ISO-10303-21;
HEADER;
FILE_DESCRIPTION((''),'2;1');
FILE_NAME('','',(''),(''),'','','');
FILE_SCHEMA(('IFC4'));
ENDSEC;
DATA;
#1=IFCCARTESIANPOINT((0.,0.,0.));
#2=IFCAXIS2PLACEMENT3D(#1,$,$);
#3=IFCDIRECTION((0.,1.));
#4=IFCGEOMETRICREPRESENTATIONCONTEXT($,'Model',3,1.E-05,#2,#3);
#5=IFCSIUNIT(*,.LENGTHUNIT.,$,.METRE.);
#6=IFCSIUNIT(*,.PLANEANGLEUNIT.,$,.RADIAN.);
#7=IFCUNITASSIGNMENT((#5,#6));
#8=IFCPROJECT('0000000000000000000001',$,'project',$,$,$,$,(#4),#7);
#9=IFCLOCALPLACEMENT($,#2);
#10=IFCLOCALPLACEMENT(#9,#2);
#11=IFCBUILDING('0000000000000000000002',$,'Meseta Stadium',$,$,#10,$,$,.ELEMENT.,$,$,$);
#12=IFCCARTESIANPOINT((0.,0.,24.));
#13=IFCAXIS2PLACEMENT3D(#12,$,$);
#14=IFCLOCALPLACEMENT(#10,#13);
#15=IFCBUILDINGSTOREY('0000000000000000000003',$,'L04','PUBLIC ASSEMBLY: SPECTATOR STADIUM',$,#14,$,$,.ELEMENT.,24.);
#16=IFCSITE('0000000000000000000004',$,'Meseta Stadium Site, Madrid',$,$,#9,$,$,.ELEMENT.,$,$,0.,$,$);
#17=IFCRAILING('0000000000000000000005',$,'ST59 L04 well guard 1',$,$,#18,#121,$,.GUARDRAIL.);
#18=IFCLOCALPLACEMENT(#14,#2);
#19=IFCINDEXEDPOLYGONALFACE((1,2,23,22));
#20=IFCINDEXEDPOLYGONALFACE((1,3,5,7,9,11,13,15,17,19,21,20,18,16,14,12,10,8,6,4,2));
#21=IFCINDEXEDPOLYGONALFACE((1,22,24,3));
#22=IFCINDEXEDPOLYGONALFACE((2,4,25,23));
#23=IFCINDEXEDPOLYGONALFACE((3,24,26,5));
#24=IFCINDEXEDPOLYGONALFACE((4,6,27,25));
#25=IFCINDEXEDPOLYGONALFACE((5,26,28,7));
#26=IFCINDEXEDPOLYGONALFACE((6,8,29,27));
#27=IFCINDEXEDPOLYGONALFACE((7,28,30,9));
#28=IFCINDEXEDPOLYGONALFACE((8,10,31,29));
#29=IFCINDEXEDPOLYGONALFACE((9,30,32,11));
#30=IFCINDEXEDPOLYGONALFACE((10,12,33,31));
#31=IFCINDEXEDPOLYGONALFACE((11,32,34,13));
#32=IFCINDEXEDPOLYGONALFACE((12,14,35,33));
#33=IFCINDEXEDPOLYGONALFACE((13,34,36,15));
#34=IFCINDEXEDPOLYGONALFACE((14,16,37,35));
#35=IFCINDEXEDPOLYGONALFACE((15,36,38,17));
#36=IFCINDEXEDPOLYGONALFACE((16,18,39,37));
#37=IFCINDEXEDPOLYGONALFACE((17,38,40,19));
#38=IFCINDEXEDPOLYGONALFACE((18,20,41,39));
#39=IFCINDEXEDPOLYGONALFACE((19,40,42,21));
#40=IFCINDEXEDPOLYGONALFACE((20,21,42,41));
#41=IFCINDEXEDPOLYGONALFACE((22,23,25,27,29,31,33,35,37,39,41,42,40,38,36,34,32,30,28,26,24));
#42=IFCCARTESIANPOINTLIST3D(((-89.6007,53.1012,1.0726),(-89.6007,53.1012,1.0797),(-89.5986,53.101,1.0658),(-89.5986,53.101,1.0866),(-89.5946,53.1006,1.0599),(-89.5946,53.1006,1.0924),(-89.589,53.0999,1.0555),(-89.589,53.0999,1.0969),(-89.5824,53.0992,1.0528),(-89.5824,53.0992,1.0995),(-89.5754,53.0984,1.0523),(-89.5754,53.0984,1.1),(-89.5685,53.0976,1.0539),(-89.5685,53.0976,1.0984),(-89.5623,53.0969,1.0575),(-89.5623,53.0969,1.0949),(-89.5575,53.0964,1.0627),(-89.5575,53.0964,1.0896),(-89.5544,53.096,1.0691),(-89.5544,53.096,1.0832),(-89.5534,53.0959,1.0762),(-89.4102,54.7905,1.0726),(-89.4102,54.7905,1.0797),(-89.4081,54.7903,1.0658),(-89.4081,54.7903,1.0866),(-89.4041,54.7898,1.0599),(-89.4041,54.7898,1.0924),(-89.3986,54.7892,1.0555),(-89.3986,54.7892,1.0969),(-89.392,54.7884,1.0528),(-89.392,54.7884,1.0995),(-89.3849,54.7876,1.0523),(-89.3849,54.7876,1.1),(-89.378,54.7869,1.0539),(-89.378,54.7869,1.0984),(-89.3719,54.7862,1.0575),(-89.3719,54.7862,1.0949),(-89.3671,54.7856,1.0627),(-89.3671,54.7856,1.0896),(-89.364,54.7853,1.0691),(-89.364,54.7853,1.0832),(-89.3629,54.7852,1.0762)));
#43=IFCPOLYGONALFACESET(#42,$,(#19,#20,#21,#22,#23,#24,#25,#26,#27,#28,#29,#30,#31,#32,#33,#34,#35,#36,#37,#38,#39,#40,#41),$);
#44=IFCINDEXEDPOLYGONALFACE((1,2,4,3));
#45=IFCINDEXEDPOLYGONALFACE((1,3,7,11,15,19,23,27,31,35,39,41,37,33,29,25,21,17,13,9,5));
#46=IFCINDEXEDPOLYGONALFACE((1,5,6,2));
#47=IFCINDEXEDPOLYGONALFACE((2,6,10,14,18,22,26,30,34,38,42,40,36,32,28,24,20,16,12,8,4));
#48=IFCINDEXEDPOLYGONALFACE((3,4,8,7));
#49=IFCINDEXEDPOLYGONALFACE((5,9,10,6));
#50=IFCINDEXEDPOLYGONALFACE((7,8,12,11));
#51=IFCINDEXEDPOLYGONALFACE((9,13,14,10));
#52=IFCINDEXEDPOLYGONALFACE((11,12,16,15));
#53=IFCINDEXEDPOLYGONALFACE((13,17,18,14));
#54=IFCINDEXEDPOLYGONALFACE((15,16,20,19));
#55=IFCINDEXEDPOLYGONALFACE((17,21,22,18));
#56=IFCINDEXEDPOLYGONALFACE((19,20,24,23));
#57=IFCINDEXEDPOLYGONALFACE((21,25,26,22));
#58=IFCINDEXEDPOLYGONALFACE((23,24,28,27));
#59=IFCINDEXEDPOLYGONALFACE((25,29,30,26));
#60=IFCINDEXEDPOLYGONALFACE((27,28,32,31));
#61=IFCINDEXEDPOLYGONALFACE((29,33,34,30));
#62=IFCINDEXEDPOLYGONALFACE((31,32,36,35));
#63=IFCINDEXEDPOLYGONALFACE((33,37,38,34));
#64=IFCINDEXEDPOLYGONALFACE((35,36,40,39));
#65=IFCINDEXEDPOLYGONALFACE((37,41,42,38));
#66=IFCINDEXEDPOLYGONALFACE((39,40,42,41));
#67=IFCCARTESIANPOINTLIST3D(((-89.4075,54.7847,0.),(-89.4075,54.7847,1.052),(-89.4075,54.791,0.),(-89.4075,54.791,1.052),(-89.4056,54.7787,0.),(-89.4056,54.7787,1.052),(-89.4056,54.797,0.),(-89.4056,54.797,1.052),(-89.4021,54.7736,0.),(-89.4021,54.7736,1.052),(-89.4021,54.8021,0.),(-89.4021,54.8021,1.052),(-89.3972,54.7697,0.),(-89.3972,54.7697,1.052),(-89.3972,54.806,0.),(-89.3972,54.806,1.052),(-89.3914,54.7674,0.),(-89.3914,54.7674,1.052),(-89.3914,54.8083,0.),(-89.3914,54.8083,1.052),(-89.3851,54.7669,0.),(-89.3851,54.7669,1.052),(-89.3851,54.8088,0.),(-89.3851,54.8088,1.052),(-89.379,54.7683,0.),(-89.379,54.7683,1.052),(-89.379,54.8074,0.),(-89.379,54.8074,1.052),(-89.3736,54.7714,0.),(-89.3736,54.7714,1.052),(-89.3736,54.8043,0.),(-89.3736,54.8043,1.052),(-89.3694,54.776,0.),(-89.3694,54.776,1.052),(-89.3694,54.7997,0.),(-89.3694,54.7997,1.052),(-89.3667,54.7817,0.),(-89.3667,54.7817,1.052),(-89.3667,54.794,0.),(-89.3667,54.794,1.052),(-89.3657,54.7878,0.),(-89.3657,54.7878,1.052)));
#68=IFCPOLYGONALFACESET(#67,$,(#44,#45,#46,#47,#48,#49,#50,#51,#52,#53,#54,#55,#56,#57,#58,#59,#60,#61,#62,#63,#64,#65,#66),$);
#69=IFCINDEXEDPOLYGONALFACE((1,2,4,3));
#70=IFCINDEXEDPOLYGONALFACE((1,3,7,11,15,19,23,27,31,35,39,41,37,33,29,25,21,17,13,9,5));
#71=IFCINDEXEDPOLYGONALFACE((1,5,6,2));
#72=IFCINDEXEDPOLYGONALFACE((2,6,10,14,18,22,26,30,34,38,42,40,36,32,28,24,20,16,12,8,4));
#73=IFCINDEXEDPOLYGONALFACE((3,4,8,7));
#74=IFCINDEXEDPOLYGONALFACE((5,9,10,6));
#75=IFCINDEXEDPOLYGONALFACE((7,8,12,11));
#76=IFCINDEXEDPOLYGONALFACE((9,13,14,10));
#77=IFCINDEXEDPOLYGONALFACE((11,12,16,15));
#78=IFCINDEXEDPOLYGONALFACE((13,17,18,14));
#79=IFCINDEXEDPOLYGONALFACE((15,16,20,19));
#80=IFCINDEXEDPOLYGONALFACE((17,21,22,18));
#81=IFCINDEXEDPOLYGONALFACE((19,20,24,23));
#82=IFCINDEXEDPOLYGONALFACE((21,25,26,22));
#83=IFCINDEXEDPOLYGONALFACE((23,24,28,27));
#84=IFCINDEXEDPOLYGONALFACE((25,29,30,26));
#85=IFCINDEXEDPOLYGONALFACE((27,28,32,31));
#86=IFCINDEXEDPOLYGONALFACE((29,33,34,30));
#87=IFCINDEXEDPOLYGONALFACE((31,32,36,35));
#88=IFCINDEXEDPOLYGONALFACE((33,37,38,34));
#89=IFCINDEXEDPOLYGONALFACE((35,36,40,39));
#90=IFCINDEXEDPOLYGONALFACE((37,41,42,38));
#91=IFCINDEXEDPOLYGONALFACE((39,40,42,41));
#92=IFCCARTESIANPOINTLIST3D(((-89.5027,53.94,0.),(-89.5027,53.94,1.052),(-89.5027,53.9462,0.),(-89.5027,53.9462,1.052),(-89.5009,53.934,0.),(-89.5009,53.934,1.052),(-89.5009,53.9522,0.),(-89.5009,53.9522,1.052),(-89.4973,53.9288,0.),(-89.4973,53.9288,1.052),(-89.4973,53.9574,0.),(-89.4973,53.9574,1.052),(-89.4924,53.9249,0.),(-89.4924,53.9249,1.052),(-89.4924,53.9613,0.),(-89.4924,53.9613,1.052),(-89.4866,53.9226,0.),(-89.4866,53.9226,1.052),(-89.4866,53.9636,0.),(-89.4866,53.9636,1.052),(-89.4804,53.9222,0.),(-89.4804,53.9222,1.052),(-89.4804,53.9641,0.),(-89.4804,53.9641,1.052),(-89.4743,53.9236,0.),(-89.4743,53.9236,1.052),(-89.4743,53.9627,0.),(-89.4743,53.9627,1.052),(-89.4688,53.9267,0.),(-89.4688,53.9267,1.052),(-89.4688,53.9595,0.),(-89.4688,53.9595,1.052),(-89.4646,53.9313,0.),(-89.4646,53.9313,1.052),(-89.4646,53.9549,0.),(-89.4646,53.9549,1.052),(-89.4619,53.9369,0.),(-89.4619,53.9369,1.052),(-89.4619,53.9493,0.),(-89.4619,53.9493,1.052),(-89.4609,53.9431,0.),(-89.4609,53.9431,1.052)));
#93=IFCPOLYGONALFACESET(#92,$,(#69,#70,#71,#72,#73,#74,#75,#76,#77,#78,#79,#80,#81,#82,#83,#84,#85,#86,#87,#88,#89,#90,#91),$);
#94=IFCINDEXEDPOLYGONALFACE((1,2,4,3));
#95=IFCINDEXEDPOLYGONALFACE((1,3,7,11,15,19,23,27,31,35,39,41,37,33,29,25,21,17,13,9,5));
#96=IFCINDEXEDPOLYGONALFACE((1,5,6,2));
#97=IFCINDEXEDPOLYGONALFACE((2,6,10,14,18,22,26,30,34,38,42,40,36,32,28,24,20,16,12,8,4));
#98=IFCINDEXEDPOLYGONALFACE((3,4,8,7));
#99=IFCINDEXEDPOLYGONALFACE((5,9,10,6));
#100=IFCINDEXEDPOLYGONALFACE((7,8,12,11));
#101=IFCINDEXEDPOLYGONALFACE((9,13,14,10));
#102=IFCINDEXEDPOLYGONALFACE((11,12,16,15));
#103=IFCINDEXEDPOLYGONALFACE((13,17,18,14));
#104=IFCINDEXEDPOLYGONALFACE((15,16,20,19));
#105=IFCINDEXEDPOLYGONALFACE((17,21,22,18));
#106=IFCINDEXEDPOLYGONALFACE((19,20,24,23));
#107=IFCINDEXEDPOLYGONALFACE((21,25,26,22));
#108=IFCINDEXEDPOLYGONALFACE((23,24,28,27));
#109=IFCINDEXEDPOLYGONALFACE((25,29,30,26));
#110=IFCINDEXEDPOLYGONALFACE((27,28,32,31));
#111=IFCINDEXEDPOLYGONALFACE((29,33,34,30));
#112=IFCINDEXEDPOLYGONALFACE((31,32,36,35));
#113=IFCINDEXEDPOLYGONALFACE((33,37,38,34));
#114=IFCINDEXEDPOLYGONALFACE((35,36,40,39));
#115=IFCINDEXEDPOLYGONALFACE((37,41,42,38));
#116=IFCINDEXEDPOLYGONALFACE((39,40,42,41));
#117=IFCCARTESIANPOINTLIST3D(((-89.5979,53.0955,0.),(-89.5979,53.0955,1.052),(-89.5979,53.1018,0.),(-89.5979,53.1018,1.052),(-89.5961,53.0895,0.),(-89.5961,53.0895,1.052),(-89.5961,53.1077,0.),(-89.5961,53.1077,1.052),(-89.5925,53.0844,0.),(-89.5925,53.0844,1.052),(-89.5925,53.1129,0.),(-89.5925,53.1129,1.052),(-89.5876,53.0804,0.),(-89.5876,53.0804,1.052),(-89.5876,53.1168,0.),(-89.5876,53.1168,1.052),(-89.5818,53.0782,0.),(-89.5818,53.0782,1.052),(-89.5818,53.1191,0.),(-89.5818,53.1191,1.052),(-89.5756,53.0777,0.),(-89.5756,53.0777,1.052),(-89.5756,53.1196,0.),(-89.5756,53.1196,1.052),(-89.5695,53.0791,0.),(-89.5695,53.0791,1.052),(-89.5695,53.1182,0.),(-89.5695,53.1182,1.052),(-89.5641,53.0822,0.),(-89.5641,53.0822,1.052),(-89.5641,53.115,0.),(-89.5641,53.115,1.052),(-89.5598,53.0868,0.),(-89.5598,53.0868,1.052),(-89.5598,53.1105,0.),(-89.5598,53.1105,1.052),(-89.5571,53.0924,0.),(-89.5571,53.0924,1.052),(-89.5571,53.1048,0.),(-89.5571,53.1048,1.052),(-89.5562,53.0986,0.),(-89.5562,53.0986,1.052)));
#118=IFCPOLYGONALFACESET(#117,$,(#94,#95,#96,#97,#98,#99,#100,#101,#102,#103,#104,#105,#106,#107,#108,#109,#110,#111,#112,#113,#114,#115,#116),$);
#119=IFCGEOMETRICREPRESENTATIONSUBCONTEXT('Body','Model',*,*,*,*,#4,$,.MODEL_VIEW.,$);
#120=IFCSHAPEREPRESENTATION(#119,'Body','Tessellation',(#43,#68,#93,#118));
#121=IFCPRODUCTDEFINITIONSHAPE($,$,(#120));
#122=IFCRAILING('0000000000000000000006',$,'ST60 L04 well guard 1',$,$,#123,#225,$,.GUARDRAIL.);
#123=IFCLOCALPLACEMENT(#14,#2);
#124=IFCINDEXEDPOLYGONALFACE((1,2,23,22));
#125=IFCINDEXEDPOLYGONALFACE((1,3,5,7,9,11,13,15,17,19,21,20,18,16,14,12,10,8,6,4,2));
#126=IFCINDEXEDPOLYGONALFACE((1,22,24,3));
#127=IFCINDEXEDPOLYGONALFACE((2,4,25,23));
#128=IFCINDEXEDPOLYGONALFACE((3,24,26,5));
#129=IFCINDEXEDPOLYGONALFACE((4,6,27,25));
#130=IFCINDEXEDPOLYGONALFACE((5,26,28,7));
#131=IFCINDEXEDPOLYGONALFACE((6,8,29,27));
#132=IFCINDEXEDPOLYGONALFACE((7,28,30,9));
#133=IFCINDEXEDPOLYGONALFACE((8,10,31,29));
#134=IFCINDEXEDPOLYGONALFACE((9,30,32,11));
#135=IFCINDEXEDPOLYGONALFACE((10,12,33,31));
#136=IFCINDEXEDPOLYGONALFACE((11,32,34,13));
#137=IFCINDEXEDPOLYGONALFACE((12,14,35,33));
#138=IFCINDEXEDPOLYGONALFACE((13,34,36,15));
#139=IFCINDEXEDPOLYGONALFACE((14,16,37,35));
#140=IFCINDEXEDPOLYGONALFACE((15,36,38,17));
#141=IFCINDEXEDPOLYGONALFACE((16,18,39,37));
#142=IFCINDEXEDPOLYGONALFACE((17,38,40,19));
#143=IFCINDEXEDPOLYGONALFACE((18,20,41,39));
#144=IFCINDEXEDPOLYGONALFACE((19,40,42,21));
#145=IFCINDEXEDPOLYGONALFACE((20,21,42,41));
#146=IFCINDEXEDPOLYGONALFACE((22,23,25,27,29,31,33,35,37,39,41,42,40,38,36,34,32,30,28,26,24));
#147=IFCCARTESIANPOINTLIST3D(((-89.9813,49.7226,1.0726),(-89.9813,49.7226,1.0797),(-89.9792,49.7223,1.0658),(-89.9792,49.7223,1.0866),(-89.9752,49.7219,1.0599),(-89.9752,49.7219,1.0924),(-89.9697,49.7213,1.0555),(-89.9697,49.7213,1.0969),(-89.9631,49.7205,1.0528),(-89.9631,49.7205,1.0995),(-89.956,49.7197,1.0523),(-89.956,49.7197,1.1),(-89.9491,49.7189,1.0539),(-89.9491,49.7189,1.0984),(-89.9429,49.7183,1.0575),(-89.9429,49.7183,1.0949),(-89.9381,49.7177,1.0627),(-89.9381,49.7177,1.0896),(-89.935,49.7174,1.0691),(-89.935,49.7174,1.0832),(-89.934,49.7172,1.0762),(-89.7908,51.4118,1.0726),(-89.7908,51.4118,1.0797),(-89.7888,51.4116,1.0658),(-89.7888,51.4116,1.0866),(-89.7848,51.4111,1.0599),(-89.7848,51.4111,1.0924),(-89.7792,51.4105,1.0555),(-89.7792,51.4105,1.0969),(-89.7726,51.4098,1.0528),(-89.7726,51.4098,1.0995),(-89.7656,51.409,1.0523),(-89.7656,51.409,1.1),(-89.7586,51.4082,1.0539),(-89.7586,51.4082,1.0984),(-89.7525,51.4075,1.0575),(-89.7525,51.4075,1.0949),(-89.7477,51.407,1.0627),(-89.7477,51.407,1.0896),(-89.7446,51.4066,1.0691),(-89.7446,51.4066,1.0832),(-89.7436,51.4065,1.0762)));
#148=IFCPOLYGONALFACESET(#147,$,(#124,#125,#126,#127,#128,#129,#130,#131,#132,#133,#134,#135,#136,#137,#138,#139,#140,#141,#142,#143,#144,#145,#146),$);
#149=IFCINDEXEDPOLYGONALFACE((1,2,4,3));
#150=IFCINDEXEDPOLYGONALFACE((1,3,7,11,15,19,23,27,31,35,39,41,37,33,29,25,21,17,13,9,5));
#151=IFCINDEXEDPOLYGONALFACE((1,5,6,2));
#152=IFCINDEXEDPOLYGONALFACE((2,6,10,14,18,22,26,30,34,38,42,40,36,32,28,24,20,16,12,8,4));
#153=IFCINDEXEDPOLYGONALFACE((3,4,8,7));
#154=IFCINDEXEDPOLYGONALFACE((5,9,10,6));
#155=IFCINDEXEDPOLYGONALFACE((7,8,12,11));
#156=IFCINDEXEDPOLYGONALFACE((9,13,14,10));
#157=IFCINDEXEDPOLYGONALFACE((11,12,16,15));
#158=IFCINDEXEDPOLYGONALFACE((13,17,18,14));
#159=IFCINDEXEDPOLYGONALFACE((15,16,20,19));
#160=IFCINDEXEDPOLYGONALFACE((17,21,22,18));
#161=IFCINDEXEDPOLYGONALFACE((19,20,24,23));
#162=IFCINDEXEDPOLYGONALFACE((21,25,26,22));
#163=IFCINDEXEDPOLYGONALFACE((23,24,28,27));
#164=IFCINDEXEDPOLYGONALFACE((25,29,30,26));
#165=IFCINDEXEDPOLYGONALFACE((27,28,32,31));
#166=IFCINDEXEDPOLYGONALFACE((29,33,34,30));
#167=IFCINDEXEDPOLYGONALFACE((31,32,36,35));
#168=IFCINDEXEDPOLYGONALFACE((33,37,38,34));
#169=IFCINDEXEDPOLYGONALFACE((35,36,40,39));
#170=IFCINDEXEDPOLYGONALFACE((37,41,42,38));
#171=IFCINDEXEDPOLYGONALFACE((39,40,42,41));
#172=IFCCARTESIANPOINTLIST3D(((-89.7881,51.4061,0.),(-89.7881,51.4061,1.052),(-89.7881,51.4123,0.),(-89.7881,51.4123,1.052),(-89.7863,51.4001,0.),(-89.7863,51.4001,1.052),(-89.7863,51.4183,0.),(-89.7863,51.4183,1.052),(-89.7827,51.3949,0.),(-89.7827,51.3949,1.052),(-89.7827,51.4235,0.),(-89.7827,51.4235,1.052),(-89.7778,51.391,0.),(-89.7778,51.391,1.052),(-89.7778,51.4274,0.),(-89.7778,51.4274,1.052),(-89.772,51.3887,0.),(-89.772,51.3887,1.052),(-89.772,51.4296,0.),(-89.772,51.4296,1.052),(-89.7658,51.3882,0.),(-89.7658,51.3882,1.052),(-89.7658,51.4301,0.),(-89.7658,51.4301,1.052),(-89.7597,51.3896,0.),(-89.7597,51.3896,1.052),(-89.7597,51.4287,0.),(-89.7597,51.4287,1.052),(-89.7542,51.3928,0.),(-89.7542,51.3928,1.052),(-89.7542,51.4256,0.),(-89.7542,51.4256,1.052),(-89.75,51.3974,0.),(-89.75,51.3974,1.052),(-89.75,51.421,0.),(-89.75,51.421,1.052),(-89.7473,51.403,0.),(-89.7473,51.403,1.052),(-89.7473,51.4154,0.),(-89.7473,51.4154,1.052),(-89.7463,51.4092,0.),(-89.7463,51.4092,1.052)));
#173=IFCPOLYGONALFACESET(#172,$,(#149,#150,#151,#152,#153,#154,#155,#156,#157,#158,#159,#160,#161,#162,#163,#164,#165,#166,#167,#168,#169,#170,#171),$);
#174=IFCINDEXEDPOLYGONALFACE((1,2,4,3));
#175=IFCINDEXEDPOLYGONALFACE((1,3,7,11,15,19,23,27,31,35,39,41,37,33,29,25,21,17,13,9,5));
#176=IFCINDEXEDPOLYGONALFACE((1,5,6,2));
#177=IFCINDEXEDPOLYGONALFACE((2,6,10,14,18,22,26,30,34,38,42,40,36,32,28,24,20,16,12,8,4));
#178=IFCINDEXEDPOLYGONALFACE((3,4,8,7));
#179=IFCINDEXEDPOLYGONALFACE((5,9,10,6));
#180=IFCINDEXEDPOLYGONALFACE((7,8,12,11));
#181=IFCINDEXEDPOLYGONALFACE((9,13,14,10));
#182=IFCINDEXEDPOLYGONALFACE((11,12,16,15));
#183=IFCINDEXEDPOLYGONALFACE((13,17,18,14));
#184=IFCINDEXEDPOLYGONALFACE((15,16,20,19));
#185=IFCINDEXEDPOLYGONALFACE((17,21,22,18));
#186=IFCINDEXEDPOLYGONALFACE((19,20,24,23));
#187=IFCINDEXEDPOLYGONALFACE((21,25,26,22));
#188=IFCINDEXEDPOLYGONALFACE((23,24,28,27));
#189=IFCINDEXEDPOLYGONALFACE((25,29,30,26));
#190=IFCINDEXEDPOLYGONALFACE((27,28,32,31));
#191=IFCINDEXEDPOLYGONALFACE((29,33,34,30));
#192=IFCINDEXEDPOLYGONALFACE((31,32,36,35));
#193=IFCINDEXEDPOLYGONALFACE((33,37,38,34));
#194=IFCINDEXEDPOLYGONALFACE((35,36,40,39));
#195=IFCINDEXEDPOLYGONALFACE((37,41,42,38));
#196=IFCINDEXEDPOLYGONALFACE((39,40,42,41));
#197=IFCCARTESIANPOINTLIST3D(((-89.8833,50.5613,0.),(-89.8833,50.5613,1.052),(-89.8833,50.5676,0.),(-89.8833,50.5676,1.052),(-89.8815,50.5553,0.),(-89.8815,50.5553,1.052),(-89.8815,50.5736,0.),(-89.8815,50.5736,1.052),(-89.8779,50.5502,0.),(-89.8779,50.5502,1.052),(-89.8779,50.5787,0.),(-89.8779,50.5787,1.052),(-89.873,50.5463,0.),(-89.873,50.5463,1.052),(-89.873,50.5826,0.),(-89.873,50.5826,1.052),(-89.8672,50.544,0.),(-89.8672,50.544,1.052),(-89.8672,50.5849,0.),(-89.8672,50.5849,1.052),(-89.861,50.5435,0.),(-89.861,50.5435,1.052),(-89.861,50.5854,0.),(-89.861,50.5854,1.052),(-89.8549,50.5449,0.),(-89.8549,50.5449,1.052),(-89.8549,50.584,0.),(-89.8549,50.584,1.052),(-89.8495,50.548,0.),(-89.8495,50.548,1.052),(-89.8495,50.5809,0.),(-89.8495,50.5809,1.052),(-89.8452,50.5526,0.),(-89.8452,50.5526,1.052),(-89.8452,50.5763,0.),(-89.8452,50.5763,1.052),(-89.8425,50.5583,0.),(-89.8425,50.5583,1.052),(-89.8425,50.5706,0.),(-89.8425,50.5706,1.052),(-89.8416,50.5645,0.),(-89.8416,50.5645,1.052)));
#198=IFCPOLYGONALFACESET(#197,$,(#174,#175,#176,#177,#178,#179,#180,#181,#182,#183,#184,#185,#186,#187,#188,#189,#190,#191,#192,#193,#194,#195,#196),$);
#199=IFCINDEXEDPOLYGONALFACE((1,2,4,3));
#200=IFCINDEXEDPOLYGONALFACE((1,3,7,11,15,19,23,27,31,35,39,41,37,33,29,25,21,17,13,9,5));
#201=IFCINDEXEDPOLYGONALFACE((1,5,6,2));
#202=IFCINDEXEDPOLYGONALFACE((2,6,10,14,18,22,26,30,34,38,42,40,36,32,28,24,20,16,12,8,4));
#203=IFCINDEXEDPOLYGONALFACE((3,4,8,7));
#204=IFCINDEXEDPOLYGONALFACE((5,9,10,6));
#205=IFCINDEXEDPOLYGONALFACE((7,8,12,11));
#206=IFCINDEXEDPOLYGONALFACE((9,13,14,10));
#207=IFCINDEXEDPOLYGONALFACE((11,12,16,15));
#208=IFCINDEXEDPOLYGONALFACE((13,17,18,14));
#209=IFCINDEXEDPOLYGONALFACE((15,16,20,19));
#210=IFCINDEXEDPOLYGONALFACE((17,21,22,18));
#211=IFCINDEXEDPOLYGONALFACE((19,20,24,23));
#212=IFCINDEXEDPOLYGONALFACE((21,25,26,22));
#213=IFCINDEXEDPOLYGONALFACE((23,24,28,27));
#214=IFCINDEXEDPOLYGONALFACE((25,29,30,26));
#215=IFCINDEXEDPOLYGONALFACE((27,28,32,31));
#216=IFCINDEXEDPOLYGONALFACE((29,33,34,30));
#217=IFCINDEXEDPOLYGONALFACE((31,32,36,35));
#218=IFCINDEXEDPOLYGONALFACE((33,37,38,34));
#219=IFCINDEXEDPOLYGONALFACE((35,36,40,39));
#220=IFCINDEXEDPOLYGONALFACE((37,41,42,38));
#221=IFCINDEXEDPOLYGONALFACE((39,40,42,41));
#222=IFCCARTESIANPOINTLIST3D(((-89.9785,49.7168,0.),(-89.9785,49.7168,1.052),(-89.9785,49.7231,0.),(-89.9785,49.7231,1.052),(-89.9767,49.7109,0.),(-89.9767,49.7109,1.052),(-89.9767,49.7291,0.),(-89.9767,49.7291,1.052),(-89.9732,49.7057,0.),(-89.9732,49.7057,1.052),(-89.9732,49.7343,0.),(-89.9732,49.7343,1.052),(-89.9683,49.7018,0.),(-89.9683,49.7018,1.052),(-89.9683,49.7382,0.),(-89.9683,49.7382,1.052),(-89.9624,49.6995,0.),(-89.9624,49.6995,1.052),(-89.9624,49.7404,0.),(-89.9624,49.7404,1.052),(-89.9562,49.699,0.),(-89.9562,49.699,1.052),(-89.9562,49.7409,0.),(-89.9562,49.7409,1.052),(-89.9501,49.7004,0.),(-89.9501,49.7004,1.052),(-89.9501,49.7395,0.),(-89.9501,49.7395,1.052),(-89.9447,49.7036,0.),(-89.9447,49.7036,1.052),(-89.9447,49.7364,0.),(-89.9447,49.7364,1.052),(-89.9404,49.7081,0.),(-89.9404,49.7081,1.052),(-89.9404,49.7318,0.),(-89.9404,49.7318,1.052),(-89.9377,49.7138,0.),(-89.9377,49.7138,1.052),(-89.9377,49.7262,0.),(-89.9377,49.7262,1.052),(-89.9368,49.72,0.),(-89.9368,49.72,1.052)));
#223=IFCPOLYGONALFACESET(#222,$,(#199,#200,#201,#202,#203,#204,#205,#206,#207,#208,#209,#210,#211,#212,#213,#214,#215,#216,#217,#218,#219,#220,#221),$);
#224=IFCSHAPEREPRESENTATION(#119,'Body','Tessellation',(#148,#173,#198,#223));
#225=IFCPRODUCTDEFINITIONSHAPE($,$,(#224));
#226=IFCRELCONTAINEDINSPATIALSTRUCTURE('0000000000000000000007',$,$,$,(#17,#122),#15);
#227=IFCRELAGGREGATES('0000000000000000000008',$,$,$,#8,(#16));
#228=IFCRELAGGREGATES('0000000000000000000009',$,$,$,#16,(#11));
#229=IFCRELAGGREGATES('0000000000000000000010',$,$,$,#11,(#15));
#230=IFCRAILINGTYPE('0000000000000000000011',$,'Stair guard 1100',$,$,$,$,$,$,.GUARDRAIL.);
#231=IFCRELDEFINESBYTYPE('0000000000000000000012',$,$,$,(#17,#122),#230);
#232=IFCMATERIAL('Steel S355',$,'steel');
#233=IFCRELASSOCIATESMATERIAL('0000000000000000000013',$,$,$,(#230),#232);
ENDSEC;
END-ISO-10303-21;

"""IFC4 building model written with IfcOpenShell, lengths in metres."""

from ifc_helpers import new_model, si_unit, direction, frame, origin, origin_2d, place, context, subcontext, project, spatial, circle, extrude, material, type_object, element, save


model = new_model("IFC4")

# Units and contexts
model_context = context("Model", 3, precision=1e-05, world=origin(), true_north=direction((0.0, 1.0)))
body_context = subcontext(model_context, "Body", "Model", "MODEL_VIEW")
ifc_project = project(units=[si_unit("LENGTHUNIT", "METRE"), si_unit("PLANEANGLEUNIT", "RADIAN")], contexts=[model_context])

# Site, building, storey
site_placement = place(None, origin())
site = spatial("IfcSite", under=ifc_project, at=site_placement, Name="Meseta Stadium Site, Madrid", CompositionType="ELEMENT", RefElevation=0.0)
building_placement = place(site_placement, origin())
building = spatial("IfcBuilding", under=site, at=building_placement, Name="Meseta Stadium", CompositionType="ELEMENT")
storey_placement = place(building_placement, frame((0.0, 0.0, 24.0)))
storey = spatial("IfcBuildingStorey", under=building, at=storey_placement, Name="L04", Description="PUBLIC ASSEMBLY: SPECTATOR STADIUM", CompositionType="ELEMENT", Elevation=24.0)

# Railings
ifc_material_1 = material(Name="Steel S355", Category="steel")
railing_type = type_object("IfcRailingType", Name="Stair guard 1100", PredefinedType="GUARDRAIL", material=ifc_material_1)
for number, where, name in (
    (1, (-89.3867, 54.7878, 0.0), "ST59 L04 well guard 1"),
    (2, (-89.7673, 51.4092, 0.0), "ST60 L04 well guard 1"),
):
    element("IfcRailing", number, at=place(storey_placement, frame(where)), inside=storey, type_object=railing_type, Name=name, PredefinedType="GUARDRAIL", context=body_context, shape_type="SweptSolid", body=[
        extrude(circle(Radius=0.0239, at=origin_2d()), frame((0.0, 0.0, 1.0762), z_axis=(-0.112023, -0.993706, 0.0), x_axis=(0.993706, -0.112023, 0.0)), (0.0, 0.0, 1.0), 1.7),
        extrude(circle(Radius=0.021, at=origin_2d()), origin(), (0.0, 0.0, 1.0), 1.052),
        extrude(circle(Radius=0.021, at=origin_2d()), frame((-0.0952, -0.8447, 0.0)), (0.0, 0.0, 1.0), 1.052),
        extrude(circle(Radius=0.021, at=origin_2d()), frame((-0.1904, -1.6892, 0.0)), (0.0, 0.0, 1.0), 1.052),
    ])

save(model, "model.ifc")
